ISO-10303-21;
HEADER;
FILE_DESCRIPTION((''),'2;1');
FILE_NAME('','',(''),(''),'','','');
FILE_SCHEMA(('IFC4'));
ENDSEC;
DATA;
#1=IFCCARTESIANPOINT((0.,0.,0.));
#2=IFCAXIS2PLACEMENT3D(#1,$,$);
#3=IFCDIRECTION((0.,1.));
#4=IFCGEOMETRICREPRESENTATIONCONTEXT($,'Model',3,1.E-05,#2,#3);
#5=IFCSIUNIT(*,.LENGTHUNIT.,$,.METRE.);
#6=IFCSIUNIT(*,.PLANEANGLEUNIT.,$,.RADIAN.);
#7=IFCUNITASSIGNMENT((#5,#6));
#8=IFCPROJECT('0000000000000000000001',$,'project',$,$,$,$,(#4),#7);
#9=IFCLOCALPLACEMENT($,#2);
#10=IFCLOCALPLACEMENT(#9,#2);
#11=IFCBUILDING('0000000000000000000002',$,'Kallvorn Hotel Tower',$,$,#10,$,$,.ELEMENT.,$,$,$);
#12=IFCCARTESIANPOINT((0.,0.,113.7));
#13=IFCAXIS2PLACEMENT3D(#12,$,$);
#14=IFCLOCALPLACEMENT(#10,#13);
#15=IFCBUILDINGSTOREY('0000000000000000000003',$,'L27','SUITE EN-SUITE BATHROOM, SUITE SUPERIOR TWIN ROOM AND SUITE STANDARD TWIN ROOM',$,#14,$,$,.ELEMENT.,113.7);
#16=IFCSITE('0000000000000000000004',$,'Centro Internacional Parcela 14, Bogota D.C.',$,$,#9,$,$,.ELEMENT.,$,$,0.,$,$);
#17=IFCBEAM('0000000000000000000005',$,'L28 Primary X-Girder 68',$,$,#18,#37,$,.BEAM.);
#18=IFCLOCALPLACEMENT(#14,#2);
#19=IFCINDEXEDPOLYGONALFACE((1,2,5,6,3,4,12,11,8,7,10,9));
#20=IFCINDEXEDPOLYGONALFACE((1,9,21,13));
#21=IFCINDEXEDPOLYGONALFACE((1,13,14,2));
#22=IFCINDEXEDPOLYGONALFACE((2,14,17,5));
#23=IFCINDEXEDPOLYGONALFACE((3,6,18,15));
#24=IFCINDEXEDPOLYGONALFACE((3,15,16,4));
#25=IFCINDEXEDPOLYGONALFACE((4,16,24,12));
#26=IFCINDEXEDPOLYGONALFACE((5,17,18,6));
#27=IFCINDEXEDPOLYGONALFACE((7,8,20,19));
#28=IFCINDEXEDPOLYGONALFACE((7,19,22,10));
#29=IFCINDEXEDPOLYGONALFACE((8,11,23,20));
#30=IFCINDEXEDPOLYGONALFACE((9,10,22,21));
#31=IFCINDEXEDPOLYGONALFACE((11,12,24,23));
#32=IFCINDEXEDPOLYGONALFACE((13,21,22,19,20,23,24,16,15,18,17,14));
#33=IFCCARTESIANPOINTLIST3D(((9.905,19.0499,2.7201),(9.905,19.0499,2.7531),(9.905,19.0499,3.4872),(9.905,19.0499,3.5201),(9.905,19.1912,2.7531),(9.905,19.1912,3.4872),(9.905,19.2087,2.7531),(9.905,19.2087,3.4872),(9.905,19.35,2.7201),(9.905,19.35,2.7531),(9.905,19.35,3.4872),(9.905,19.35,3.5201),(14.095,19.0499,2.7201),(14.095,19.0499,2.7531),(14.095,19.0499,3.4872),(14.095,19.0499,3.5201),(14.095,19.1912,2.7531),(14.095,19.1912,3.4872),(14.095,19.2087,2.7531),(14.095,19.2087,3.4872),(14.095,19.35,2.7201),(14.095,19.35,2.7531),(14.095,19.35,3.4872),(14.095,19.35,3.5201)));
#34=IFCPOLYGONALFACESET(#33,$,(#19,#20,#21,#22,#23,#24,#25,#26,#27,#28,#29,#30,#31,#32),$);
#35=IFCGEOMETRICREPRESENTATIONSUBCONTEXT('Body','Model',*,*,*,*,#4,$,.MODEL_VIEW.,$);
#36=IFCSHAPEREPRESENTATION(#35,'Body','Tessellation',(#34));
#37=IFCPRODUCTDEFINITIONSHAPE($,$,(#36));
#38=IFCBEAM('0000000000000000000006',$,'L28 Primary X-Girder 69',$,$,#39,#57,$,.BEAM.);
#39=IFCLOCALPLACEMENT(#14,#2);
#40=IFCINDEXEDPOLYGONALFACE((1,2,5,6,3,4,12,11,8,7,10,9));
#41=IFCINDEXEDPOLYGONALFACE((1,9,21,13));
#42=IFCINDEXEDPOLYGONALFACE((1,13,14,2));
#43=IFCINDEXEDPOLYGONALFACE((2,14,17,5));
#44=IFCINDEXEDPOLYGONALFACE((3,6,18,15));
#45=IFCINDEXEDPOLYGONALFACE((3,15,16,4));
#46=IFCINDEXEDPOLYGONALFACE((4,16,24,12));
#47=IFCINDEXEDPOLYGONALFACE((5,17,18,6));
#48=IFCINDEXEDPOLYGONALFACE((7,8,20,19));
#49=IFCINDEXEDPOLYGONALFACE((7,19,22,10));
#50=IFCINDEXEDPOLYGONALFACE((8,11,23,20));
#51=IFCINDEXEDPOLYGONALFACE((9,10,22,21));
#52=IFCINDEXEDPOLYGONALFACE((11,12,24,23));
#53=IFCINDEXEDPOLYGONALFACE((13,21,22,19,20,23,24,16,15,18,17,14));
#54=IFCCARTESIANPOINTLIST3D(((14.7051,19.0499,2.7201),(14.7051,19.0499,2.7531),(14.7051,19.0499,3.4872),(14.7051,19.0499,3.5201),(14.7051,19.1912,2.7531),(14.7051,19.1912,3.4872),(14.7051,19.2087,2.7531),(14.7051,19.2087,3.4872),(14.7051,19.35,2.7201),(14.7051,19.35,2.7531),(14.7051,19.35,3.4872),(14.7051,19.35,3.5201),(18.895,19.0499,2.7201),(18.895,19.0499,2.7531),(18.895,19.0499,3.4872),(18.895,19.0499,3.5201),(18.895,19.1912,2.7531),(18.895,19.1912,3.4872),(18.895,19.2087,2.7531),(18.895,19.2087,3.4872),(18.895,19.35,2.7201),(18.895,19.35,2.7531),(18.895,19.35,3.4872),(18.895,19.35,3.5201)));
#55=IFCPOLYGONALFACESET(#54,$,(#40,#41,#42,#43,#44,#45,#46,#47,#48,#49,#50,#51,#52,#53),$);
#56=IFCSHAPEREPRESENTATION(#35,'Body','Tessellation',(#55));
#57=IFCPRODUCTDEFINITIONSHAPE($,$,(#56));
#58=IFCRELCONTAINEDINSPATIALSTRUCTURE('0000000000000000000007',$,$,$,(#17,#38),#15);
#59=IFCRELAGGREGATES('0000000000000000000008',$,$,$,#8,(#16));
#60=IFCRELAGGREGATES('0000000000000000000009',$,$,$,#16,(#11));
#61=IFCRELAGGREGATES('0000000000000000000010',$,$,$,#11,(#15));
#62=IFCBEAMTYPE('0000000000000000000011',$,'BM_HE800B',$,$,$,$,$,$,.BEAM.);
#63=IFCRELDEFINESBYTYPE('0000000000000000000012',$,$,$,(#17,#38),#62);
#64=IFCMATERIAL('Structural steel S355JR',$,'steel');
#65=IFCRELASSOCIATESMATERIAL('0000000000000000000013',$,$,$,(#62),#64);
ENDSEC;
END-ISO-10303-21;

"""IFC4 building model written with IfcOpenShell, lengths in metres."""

from ifc_helpers import new_model, si_unit, direction, frame, origin, origin_2d, place, context, subcontext, project, spatial, i_section, extrude, material, material_profile, profile_set, type_object, element, save


model = new_model("IFC4")

# Units and contexts
model_context = context("Model", 3, precision=1e-05, world=origin(), true_north=direction((0.0, 1.0)))
body_context = subcontext(model_context, "Body", "Model", "MODEL_VIEW")
ifc_project = project(units=[si_unit("LENGTHUNIT", "METRE"), si_unit("PLANEANGLEUNIT", "RADIAN")], contexts=[model_context])

# Site, building, storey
site_placement = place(None, origin())
site = spatial("IfcSite", under=ifc_project, at=site_placement, Name="Centro Internacional Parcela 14, Bogota D.C.", CompositionType="ELEMENT", RefElevation=0.0)
building_placement = place(site_placement, origin())
building = spatial("IfcBuilding", under=site, at=building_placement, Name="Kallvorn Hotel Tower", CompositionType="ELEMENT")
storey_placement = place(building_placement, frame((0.0, 0.0, 113.7)))
storey = spatial("IfcBuildingStorey", under=building, at=storey_placement, Name="L27", Description="SUITE EN-SUITE BATHROOM, SUITE SUPERIOR TWIN ROOM AND SUITE STANDARD TWIN ROOM", CompositionType="ELEMENT", Elevation=113.7)

# Beams
ifc_material_1 = material(Name="Structural steel S355JR", Category="steel")
ifc_material_profile_1 = material_profile(ifc_material_1, i_section(OverallWidth=0.3, OverallDepth=0.8, WebThickness=0.0176, FlangeThickness=0.033, at=origin_2d()), Name="HE 800 B")
ifc_profile_set_1 = profile_set([ifc_material_profile_1], Name="Structural steel S355JR")
beam_type_1 = type_object("IfcBeamType", Name="BM_HE800B", PredefinedType="BEAM", material=ifc_profile_set_1)
for number, where, z_axis, x_axis, name in (
    (1, (9.905, 19.2, 3.1201), (1.0, 0.0, 0.0), (0.0, 1.0, 0.0), "L28 Primary X-Girder 68"),
    (2, (14.7051, 19.2, 3.1201), (1.0, 0.0, 0.0), (0.0, 1.0, 0.0), "L28 Primary X-Girder 69"),
):
    element("IfcBeam", number, at=place(storey_placement, frame(where, z_axis=z_axis, x_axis=x_axis)), inside=storey, type_object=beam_type_1, Name=name, PredefinedType="BEAM", context=body_context, shape_type="SweptSolid", body=[
        extrude(i_section(OverallWidth=0.3, OverallDepth=0.8, WebThickness=0.0176, FlangeThickness=0.033, at=origin_2d()), origin(), (0.0, 0.0, 1.0), 4.1899),
    ])

save(model, "model.ifc")
